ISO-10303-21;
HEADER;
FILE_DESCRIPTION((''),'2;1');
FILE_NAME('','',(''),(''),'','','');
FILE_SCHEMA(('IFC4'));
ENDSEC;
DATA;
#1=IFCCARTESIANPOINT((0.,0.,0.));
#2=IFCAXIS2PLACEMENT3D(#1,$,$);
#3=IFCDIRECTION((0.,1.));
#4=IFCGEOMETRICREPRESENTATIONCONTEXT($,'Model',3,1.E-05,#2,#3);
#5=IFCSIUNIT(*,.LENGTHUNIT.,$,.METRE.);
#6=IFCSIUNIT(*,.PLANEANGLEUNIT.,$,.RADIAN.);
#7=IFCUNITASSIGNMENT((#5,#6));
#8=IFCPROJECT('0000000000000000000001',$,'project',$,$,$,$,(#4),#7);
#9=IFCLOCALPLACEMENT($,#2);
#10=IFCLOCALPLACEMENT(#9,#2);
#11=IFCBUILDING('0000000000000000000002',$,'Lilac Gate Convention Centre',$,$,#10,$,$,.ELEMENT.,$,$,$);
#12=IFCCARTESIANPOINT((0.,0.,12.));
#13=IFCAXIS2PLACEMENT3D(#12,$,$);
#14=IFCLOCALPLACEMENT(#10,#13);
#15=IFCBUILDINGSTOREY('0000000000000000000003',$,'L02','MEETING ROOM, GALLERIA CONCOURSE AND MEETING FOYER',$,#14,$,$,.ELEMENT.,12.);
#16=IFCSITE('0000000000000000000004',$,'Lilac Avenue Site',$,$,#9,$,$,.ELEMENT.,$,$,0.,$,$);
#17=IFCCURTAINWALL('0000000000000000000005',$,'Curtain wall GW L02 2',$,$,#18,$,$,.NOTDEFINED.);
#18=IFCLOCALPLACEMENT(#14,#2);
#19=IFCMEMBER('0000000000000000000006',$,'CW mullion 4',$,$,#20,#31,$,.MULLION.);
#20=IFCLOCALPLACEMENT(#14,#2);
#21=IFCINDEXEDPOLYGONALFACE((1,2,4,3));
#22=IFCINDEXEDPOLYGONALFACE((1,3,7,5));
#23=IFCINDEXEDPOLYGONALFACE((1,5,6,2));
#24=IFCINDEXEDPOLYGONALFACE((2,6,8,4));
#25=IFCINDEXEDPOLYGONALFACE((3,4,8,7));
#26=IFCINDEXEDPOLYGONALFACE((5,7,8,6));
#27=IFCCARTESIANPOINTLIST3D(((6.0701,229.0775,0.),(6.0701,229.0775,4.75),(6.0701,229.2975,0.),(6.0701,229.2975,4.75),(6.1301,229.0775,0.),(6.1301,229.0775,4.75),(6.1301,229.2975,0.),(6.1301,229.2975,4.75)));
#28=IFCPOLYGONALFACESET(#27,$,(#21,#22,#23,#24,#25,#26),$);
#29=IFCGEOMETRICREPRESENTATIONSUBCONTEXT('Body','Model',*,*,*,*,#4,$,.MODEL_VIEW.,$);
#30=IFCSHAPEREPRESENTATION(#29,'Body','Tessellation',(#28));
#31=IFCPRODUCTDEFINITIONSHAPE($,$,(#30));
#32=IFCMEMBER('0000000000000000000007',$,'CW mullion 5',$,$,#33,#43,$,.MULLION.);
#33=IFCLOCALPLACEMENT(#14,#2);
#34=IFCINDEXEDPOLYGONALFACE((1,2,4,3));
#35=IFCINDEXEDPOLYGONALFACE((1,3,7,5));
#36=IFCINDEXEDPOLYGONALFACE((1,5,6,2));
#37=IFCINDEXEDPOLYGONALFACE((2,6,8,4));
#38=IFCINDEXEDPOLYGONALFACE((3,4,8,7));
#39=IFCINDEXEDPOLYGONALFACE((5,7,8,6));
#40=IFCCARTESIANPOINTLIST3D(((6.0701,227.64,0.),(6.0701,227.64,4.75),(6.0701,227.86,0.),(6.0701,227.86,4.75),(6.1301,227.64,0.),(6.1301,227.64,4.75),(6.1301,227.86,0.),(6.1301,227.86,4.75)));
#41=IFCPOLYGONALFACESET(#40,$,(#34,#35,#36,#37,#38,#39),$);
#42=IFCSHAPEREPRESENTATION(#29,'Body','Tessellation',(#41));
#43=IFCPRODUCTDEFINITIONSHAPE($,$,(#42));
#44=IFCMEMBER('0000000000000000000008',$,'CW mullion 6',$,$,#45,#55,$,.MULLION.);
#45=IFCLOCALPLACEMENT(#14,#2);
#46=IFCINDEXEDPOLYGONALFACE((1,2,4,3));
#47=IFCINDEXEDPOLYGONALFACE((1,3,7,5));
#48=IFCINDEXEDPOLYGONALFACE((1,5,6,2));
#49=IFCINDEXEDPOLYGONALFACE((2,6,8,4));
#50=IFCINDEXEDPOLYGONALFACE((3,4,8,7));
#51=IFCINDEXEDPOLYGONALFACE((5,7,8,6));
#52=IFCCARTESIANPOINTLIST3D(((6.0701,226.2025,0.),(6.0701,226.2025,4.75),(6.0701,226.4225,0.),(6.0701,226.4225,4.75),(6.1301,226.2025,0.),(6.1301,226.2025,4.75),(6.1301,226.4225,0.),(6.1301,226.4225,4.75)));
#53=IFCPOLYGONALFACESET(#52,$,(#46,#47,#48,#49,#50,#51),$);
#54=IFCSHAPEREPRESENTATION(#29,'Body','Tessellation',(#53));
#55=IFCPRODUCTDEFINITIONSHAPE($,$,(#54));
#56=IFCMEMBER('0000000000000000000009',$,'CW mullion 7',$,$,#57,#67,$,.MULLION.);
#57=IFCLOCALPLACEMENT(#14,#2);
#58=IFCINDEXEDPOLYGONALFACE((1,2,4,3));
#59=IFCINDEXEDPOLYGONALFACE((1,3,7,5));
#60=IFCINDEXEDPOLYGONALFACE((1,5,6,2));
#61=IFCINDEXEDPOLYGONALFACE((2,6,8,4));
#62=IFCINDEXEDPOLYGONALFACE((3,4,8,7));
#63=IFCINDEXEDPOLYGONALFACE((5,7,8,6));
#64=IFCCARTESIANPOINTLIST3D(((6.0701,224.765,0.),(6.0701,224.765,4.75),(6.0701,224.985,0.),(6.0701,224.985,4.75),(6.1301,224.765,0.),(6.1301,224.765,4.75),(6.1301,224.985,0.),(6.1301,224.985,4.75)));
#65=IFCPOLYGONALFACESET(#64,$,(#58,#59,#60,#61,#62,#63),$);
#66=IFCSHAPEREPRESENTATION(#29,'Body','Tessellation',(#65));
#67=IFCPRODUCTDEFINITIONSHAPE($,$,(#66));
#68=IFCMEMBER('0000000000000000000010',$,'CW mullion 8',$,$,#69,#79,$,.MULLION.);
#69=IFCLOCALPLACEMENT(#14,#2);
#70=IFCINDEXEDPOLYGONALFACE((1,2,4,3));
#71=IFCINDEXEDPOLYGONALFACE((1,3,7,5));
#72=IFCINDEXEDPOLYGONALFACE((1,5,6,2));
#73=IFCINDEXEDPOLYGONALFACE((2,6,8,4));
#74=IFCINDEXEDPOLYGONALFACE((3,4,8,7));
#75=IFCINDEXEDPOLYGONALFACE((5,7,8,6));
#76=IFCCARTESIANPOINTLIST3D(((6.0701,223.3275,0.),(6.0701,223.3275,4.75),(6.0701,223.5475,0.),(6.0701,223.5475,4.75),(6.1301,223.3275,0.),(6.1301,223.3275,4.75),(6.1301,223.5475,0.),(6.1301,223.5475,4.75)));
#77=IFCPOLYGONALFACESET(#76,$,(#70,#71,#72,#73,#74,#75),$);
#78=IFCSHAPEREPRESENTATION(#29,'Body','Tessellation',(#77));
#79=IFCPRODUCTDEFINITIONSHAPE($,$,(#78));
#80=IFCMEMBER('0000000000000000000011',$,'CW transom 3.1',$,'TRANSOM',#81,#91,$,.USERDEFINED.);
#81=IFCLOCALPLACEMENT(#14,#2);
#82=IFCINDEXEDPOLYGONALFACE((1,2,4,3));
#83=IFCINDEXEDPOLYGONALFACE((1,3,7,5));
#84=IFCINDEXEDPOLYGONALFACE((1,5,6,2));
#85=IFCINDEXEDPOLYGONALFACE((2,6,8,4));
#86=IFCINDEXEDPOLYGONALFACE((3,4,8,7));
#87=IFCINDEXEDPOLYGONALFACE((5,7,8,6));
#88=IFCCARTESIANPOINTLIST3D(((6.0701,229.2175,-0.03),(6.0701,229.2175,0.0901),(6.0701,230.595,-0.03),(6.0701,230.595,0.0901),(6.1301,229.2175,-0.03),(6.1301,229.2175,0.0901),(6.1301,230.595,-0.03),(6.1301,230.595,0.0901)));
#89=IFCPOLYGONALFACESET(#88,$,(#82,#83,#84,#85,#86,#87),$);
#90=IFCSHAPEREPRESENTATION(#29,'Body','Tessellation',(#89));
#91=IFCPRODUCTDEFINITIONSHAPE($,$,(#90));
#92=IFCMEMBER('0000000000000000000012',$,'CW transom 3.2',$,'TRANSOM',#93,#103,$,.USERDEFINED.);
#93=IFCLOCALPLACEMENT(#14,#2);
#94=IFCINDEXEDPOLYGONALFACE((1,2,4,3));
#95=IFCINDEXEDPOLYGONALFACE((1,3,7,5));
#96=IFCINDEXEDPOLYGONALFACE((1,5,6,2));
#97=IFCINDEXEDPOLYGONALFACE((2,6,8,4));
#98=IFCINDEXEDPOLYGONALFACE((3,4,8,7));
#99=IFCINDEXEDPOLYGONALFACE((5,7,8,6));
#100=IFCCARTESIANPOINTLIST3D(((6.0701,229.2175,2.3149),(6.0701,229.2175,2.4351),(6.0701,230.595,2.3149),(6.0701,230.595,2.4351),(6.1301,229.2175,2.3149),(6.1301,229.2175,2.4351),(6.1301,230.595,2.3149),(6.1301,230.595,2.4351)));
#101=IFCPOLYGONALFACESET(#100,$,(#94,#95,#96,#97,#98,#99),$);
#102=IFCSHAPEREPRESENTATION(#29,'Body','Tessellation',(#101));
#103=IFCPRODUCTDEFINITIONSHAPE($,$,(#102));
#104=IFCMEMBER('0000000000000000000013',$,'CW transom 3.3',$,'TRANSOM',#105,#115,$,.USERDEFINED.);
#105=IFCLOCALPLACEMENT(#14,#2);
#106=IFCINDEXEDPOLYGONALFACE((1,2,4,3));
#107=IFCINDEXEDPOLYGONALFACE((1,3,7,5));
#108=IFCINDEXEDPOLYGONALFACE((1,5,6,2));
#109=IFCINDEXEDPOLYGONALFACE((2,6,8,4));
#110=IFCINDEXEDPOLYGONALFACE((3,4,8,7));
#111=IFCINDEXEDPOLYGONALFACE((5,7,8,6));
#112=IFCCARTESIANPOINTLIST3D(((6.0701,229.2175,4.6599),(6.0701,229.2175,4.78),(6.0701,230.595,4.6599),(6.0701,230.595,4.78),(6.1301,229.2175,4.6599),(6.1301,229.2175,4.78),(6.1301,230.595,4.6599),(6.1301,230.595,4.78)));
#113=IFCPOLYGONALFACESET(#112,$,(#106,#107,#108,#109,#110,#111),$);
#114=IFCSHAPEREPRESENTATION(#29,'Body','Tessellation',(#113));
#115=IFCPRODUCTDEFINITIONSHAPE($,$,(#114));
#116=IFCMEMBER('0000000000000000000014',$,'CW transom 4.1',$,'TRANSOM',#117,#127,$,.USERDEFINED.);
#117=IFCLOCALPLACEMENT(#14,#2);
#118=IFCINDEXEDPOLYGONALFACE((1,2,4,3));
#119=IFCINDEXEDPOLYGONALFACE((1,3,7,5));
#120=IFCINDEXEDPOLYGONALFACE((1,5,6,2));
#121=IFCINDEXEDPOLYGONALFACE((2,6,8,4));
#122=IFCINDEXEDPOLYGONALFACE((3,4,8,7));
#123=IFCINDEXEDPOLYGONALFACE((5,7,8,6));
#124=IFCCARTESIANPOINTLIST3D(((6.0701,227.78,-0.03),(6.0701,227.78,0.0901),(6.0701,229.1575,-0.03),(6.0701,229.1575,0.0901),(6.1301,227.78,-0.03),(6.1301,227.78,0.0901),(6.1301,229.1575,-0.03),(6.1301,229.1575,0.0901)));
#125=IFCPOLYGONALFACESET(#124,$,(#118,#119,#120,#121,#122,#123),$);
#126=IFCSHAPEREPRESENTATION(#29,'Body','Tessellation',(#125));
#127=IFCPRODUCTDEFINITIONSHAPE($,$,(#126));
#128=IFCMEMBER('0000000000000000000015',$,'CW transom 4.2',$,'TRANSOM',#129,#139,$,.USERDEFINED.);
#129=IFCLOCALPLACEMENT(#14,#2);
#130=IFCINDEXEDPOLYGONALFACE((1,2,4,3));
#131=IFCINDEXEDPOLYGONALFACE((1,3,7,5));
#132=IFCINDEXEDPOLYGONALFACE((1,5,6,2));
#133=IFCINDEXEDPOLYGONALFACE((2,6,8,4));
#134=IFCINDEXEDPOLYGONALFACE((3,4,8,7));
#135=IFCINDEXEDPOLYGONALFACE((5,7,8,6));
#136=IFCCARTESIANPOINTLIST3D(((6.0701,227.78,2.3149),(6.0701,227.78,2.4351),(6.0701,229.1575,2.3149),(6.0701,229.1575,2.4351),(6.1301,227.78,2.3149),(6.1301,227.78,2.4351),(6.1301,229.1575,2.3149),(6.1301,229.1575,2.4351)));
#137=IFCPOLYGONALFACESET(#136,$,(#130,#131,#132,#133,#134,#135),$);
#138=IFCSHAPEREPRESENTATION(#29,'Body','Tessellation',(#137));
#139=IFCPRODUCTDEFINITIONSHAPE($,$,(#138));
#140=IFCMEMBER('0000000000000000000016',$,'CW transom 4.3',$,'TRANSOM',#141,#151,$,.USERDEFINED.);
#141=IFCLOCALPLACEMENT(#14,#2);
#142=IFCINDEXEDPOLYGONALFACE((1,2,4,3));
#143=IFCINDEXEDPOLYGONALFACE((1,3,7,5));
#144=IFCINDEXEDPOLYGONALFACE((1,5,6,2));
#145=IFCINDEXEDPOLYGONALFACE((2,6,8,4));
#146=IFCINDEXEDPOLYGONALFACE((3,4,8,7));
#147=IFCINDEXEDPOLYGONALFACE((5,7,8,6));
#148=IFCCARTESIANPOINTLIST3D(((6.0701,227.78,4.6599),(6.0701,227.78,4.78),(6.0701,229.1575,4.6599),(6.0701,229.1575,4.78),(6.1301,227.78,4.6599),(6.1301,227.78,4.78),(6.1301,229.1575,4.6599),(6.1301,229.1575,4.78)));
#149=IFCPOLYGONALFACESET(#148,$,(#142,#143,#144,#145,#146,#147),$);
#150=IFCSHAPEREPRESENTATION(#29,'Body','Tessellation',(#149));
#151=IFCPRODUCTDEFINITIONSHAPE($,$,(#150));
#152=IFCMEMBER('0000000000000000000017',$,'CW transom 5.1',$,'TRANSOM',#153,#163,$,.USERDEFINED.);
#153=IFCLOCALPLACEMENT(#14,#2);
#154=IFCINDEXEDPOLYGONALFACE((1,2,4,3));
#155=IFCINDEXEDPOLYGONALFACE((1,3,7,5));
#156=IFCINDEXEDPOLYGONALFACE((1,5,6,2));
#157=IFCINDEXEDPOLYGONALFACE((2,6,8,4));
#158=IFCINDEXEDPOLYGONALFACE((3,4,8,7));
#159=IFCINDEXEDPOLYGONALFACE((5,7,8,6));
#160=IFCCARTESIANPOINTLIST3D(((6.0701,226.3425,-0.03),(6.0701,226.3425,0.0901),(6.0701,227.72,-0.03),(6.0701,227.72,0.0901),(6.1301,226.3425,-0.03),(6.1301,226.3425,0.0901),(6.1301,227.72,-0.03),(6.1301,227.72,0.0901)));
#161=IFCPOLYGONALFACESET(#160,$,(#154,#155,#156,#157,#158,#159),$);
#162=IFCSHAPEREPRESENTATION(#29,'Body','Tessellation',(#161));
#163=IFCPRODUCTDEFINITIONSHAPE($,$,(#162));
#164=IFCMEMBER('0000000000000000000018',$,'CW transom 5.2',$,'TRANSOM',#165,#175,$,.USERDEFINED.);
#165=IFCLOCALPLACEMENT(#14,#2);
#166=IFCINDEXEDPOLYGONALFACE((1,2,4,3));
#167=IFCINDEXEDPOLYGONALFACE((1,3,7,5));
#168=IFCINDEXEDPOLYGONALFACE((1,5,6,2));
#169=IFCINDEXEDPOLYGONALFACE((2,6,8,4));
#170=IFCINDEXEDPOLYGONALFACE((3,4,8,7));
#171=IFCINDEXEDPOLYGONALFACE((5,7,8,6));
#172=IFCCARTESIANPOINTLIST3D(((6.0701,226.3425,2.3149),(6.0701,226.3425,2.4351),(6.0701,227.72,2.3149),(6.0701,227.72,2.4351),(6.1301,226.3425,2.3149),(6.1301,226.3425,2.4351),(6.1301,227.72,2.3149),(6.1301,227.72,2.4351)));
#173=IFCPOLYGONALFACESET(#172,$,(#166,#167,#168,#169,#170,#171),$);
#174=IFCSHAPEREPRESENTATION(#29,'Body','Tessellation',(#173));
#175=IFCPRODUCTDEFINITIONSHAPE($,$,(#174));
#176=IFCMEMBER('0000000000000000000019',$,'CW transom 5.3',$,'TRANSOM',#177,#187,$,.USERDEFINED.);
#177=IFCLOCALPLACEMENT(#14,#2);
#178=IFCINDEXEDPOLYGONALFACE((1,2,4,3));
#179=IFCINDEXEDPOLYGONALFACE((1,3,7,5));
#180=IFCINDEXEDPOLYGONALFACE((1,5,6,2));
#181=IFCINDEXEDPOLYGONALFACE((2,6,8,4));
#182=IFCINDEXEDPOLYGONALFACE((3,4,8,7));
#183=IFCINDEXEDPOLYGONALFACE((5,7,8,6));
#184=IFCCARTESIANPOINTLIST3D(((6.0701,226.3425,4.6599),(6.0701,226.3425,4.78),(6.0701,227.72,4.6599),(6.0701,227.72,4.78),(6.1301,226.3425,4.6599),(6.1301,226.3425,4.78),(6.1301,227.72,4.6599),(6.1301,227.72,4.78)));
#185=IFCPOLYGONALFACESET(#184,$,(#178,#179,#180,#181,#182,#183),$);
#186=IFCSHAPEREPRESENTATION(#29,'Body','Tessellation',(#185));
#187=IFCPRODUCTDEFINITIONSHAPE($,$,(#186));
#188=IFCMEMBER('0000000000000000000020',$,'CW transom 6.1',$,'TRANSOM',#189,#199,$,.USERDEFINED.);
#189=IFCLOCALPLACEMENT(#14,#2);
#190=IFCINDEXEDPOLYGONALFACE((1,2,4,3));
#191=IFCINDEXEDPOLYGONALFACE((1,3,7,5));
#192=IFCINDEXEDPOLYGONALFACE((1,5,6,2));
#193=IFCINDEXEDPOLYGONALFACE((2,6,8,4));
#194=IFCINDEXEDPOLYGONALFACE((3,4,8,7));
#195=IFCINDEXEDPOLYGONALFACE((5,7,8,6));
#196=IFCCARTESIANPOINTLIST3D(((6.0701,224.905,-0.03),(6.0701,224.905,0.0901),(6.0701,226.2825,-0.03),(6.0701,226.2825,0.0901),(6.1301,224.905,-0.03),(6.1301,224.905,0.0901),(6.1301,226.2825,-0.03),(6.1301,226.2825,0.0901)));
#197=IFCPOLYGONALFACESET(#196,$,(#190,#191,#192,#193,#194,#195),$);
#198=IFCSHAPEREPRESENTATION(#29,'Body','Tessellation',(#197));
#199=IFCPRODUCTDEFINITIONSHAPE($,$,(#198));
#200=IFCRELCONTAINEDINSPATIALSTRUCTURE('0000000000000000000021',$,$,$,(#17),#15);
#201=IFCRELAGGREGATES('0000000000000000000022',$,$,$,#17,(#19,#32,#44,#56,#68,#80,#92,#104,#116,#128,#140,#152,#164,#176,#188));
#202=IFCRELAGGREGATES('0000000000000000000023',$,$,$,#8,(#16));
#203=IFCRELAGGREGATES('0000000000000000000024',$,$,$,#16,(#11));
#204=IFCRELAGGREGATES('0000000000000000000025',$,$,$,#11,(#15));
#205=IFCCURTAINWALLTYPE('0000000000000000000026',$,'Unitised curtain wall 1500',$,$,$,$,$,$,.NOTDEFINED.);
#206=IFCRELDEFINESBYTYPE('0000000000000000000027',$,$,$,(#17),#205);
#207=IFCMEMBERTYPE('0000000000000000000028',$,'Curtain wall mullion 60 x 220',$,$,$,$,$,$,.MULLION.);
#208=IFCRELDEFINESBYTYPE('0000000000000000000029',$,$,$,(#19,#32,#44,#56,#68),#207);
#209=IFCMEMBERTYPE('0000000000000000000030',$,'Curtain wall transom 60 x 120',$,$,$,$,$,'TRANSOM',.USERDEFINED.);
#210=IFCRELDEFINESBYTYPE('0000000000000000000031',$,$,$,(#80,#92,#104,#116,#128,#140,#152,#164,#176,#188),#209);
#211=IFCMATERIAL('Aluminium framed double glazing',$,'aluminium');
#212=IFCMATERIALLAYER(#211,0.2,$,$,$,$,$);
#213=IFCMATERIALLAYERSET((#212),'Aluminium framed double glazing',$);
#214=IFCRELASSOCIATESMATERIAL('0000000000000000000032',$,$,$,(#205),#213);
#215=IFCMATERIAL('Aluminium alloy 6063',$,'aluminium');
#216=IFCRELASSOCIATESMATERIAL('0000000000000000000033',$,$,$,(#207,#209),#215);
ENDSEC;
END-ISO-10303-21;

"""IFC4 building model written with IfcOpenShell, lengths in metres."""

from ifc_helpers import new_model, si_unit, direction, frame, origin, origin_2d, place, context, subcontext, project, spatial, rectangle, extrude, material, layer, layer_set, material_profile, profile_set, type_object, element, aggregate, save


model = new_model("IFC4")

# Units and contexts
model_context = context("Model", 3, precision=1e-05, world=origin(), true_north=direction((0.0, 1.0)))
body_context = subcontext(model_context, "Body", "Model", "MODEL_VIEW")
ifc_project = project(units=[si_unit("LENGTHUNIT", "METRE"), si_unit("PLANEANGLEUNIT", "RADIAN")], contexts=[model_context])

# Site, building, storey
site_placement = place(None, origin())
site = spatial("IfcSite", under=ifc_project, at=site_placement, Name="Lilac Avenue Site", CompositionType="ELEMENT", RefElevation=0.0)
building_placement = place(site_placement, origin())
building = spatial("IfcBuilding", under=site, at=building_placement, Name="Lilac Gate Convention Centre", CompositionType="ELEMENT")
storey_placement = place(building_placement, frame((0.0, 0.0, 12.0)))
storey = spatial("IfcBuildingStorey", under=building, at=storey_placement, Name="L02", Description="MEETING ROOM, GALLERIA CONCOURSE AND MEETING FOYER", CompositionType="ELEMENT", Elevation=12.0)

# Curtain wall, members
ifc_material_1 = material(Name="Aluminium framed double glazing", Category="aluminium")
ifc_layer_1 = layer(ifc_material_1, 0.2)
ifc_layer_set_1 = layer_set([ifc_layer_1], Name="Aluminium framed double glazing")
curtain_wall_type = type_object("IfcCurtainWallType", Name="Unitised curtain wall 1500", PredefinedType="NOTDEFINED", material=ifc_layer_set_1)
curtain_wall_placement = place(storey_placement, origin())
curtain_wall = element("IfcCurtainWall", 1, at=curtain_wall_placement, inside=storey, type_object=curtain_wall_type, Name="Curtain wall GW L02 2", PredefinedType="NOTDEFINED")
ifc_material_2 = material(Name="Aluminium alloy 6063", Category="aluminium")
ifc_material_profile_1 = material_profile(ifc_material_2, rectangle(XDim=0.0601, YDim=0.22, at=origin_2d()), Name="Curtain wall mullion 60 x 220")
ifc_profile_set_1 = profile_set([ifc_material_profile_1], Name="Aluminium alloy 6063")
member_type_1 = type_object("IfcMemberType", Name="Curtain wall mullion 60 x 220", PredefinedType="MULLION", material=ifc_profile_set_1)
member_1_placement = place(storey_placement, frame((6.1001, 229.1875, 0.0), z_axis=(0.0, 0.0, 1.0), x_axis=(1.0, 0.0, 0.0)))
member_1 = element("IfcMember", 2, at=member_1_placement, type_object=member_type_1, Name="CW mullion 4", PredefinedType="MULLION", context=body_context, shape_type="SweptSolid", body=[
    extrude(rectangle(XDim=0.0601, YDim=0.22, at=origin_2d()), origin(), (0.0, 0.0, 1.0), 4.75),
])
member_2_placement = place(storey_placement, frame((6.1001, 227.75, 0.0), z_axis=(0.0, 0.0, 1.0), x_axis=(1.0, 0.0, 0.0)))
member_2 = element("IfcMember", 3, at=member_2_placement, type_object=member_type_1, Name="CW mullion 5", PredefinedType="MULLION", context=body_context, shape_type="SweptSolid", body=[
    extrude(rectangle(XDim=0.0601, YDim=0.22, at=origin_2d()), origin(), (0.0, 0.0, 1.0), 4.75),
])
member_3_placement = place(storey_placement, frame((6.1001, 226.3125, 0.0), z_axis=(0.0, 0.0, 1.0), x_axis=(1.0, 0.0, 0.0)))
member_3 = element("IfcMember", 4, at=member_3_placement, type_object=member_type_1, Name="CW mullion 6", PredefinedType="MULLION", context=body_context, shape_type="SweptSolid", body=[
    extrude(rectangle(XDim=0.0601, YDim=0.22, at=origin_2d()), origin(), (0.0, 0.0, 1.0), 4.75),
])
member_4_placement = place(storey_placement, frame((6.1001, 224.875, 0.0), z_axis=(0.0, 0.0, 1.0), x_axis=(1.0, 0.0, 0.0)))
member_4 = element("IfcMember", 5, at=member_4_placement, type_object=member_type_1, Name="CW mullion 7", PredefinedType="MULLION", context=body_context, shape_type="SweptSolid", body=[
    extrude(rectangle(XDim=0.0601, YDim=0.22, at=origin_2d()), origin(), (0.0, 0.0, 1.0), 4.75),
])
member_5_placement = place(storey_placement, frame((6.1001, 223.4375, 0.0), z_axis=(0.0, 0.0, 1.0), x_axis=(1.0, 0.0, 0.0)))
member_5 = element("IfcMember", 6, at=member_5_placement, type_object=member_type_1, Name="CW mullion 8", PredefinedType="MULLION", context=body_context, shape_type="SweptSolid", body=[
    extrude(rectangle(XDim=0.0601, YDim=0.22, at=origin_2d()), origin(), (0.0, 0.0, 1.0), 4.75),
])
ifc_material_profile_2 = material_profile(ifc_material_2, rectangle(XDim=0.0601, YDim=0.1201, at=origin_2d()), Name="Curtain wall transom 60 x 120")
ifc_profile_set_2 = profile_set([ifc_material_profile_2], Name="Aluminium alloy 6063")
member_type_2 = type_object("IfcMemberType", Name="Curtain wall transom 60 x 120", ElementType="TRANSOM", PredefinedType="USERDEFINED", material=ifc_profile_set_2)
member_6_placement = place(storey_placement, frame((6.1001, 230.595, 0.03), z_axis=(0.0, -1.0, 0.0), x_axis=(1.0, 0.0, 0.0)))
member_6 = element("IfcMember", 7, at=member_6_placement, type_object=member_type_2, Name="CW transom 3.1", ObjectType="TRANSOM", PredefinedType="USERDEFINED", context=body_context, shape_type="SweptSolid", body=[
    extrude(rectangle(XDim=0.0601, YDim=0.1201, at=origin_2d()), origin(), (0.0, 0.0, 1.0), 1.3774),
])
member_7_placement = place(storey_placement, frame((6.1001, 230.595, 2.375), z_axis=(0.0, -1.0, 0.0), x_axis=(1.0, 0.0, 0.0)))
member_7 = element("IfcMember", 8, at=member_7_placement, type_object=member_type_2, Name="CW transom 3.2", ObjectType="TRANSOM", PredefinedType="USERDEFINED", context=body_context, shape_type="SweptSolid", body=[
    extrude(rectangle(XDim=0.0601, YDim=0.1201, at=origin_2d()), origin(), (0.0, 0.0, 1.0), 1.3774),
])
member_8_placement = place(storey_placement, frame((6.1001, 230.595, 4.72), z_axis=(0.0, -1.0, 0.0), x_axis=(1.0, 0.0, 0.0)))
member_8 = element("IfcMember", 9, at=member_8_placement, type_object=member_type_2, Name="CW transom 3.3", ObjectType="TRANSOM", PredefinedType="USERDEFINED", context=body_context, shape_type="SweptSolid", body=[
    extrude(rectangle(XDim=0.0601, YDim=0.1201, at=origin_2d()), origin(), (0.0, 0.0, 1.0), 1.3774),
])
member_9_placement = place(storey_placement, frame((6.1001, 229.1575, 0.03), z_axis=(0.0, -1.0, 0.0), x_axis=(1.0, 0.0, 0.0)))
member_9 = element("IfcMember", 10, at=member_9_placement, type_object=member_type_2, Name="CW transom 4.1", ObjectType="TRANSOM", PredefinedType="USERDEFINED", context=body_context, shape_type="SweptSolid", body=[
    extrude(rectangle(XDim=0.0601, YDim=0.1201, at=origin_2d()), origin(), (0.0, 0.0, 1.0), 1.3774),
])
member_10_placement = place(storey_placement, frame((6.1001, 229.1575, 2.375), z_axis=(0.0, -1.0, 0.0), x_axis=(1.0, 0.0, 0.0)))
member_10 = element("IfcMember", 11, at=member_10_placement, type_object=member_type_2, Name="CW transom 4.2", ObjectType="TRANSOM", PredefinedType="USERDEFINED", context=body_context, shape_type="SweptSolid", body=[
    extrude(rectangle(XDim=0.0601, YDim=0.1201, at=origin_2d()), origin(), (0.0, 0.0, 1.0), 1.3774),
])
member_11_placement = place(storey_placement, frame((6.1001, 229.1575, 4.72), z_axis=(0.0, -1.0, 0.0), x_axis=(1.0, 0.0, 0.0)))
member_11 = element("IfcMember", 12, at=member_11_placement, type_object=member_type_2, Name="CW transom 4.3", ObjectType="TRANSOM", PredefinedType="USERDEFINED", context=body_context, shape_type="SweptSolid", body=[
    extrude(rectangle(XDim=0.0601, YDim=0.1201, at=origin_2d()), origin(), (0.0, 0.0, 1.0), 1.3774),
])
member_12_placement = place(storey_placement, frame((6.1001, 227.72, 0.03), z_axis=(0.0, -1.0, 0.0), x_axis=(1.0, 0.0, 0.0)))
member_12 = element("IfcMember", 13, at=member_12_placement, type_object=member_type_2, Name="CW transom 5.1", ObjectType="TRANSOM", PredefinedType="USERDEFINED", context=body_context, shape_type="SweptSolid", body=[
    extrude(rectangle(XDim=0.0601, YDim=0.1201, at=origin_2d()), origin(), (0.0, 0.0, 1.0), 1.3774),
])
member_13_placement = place(storey_placement, frame((6.1001, 227.72, 2.375), z_axis=(0.0, -1.0, 0.0), x_axis=(1.0, 0.0, 0.0)))
member_13 = element("IfcMember", 14, at=member_13_placement, type_object=member_type_2, Name="CW transom 5.2", ObjectType="TRANSOM", PredefinedType="USERDEFINED", context=body_context, shape_type="SweptSolid", body=[
    extrude(rectangle(XDim=0.0601, YDim=0.1201, at=origin_2d()), origin(), (0.0, 0.0, 1.0), 1.3774),
])
member_14_placement = place(storey_placement, frame((6.1001, 227.72, 4.72), z_axis=(0.0, -1.0, 0.0), x_axis=(1.0, 0.0, 0.0)))
member_14 = element("IfcMember", 15, at=member_14_placement, type_object=member_type_2, Name="CW transom 5.3", ObjectType="TRANSOM", PredefinedType="USERDEFINED", context=body_context, shape_type="SweptSolid", body=[
    extrude(rectangle(XDim=0.0601, YDim=0.1201, at=origin_2d()), origin(), (0.0, 0.0, 1.0), 1.3774),
])
member_15_placement = place(storey_placement, frame((6.1001, 226.2825, 0.03), z_axis=(0.0, -1.0, 0.0), x_axis=(1.0, 0.0, 0.0)))
member_15 = element("IfcMember", 16, at=member_15_placement, type_object=member_type_2, Name="CW transom 6.1", ObjectType="TRANSOM", PredefinedType="USERDEFINED", context=body_context, shape_type="SweptSolid", body=[
    extrude(rectangle(XDim=0.0601, YDim=0.1201, at=origin_2d()), origin(), (0.0, 0.0, 1.0), 1.3774),
])

aggregate(curtain_wall, [member_1, member_2, member_3, member_4, member_5, member_6, member_7, member_8, member_9, member_10, member_11, member_12, member_13, member_14, member_15])

save(model, "model.ifc")
